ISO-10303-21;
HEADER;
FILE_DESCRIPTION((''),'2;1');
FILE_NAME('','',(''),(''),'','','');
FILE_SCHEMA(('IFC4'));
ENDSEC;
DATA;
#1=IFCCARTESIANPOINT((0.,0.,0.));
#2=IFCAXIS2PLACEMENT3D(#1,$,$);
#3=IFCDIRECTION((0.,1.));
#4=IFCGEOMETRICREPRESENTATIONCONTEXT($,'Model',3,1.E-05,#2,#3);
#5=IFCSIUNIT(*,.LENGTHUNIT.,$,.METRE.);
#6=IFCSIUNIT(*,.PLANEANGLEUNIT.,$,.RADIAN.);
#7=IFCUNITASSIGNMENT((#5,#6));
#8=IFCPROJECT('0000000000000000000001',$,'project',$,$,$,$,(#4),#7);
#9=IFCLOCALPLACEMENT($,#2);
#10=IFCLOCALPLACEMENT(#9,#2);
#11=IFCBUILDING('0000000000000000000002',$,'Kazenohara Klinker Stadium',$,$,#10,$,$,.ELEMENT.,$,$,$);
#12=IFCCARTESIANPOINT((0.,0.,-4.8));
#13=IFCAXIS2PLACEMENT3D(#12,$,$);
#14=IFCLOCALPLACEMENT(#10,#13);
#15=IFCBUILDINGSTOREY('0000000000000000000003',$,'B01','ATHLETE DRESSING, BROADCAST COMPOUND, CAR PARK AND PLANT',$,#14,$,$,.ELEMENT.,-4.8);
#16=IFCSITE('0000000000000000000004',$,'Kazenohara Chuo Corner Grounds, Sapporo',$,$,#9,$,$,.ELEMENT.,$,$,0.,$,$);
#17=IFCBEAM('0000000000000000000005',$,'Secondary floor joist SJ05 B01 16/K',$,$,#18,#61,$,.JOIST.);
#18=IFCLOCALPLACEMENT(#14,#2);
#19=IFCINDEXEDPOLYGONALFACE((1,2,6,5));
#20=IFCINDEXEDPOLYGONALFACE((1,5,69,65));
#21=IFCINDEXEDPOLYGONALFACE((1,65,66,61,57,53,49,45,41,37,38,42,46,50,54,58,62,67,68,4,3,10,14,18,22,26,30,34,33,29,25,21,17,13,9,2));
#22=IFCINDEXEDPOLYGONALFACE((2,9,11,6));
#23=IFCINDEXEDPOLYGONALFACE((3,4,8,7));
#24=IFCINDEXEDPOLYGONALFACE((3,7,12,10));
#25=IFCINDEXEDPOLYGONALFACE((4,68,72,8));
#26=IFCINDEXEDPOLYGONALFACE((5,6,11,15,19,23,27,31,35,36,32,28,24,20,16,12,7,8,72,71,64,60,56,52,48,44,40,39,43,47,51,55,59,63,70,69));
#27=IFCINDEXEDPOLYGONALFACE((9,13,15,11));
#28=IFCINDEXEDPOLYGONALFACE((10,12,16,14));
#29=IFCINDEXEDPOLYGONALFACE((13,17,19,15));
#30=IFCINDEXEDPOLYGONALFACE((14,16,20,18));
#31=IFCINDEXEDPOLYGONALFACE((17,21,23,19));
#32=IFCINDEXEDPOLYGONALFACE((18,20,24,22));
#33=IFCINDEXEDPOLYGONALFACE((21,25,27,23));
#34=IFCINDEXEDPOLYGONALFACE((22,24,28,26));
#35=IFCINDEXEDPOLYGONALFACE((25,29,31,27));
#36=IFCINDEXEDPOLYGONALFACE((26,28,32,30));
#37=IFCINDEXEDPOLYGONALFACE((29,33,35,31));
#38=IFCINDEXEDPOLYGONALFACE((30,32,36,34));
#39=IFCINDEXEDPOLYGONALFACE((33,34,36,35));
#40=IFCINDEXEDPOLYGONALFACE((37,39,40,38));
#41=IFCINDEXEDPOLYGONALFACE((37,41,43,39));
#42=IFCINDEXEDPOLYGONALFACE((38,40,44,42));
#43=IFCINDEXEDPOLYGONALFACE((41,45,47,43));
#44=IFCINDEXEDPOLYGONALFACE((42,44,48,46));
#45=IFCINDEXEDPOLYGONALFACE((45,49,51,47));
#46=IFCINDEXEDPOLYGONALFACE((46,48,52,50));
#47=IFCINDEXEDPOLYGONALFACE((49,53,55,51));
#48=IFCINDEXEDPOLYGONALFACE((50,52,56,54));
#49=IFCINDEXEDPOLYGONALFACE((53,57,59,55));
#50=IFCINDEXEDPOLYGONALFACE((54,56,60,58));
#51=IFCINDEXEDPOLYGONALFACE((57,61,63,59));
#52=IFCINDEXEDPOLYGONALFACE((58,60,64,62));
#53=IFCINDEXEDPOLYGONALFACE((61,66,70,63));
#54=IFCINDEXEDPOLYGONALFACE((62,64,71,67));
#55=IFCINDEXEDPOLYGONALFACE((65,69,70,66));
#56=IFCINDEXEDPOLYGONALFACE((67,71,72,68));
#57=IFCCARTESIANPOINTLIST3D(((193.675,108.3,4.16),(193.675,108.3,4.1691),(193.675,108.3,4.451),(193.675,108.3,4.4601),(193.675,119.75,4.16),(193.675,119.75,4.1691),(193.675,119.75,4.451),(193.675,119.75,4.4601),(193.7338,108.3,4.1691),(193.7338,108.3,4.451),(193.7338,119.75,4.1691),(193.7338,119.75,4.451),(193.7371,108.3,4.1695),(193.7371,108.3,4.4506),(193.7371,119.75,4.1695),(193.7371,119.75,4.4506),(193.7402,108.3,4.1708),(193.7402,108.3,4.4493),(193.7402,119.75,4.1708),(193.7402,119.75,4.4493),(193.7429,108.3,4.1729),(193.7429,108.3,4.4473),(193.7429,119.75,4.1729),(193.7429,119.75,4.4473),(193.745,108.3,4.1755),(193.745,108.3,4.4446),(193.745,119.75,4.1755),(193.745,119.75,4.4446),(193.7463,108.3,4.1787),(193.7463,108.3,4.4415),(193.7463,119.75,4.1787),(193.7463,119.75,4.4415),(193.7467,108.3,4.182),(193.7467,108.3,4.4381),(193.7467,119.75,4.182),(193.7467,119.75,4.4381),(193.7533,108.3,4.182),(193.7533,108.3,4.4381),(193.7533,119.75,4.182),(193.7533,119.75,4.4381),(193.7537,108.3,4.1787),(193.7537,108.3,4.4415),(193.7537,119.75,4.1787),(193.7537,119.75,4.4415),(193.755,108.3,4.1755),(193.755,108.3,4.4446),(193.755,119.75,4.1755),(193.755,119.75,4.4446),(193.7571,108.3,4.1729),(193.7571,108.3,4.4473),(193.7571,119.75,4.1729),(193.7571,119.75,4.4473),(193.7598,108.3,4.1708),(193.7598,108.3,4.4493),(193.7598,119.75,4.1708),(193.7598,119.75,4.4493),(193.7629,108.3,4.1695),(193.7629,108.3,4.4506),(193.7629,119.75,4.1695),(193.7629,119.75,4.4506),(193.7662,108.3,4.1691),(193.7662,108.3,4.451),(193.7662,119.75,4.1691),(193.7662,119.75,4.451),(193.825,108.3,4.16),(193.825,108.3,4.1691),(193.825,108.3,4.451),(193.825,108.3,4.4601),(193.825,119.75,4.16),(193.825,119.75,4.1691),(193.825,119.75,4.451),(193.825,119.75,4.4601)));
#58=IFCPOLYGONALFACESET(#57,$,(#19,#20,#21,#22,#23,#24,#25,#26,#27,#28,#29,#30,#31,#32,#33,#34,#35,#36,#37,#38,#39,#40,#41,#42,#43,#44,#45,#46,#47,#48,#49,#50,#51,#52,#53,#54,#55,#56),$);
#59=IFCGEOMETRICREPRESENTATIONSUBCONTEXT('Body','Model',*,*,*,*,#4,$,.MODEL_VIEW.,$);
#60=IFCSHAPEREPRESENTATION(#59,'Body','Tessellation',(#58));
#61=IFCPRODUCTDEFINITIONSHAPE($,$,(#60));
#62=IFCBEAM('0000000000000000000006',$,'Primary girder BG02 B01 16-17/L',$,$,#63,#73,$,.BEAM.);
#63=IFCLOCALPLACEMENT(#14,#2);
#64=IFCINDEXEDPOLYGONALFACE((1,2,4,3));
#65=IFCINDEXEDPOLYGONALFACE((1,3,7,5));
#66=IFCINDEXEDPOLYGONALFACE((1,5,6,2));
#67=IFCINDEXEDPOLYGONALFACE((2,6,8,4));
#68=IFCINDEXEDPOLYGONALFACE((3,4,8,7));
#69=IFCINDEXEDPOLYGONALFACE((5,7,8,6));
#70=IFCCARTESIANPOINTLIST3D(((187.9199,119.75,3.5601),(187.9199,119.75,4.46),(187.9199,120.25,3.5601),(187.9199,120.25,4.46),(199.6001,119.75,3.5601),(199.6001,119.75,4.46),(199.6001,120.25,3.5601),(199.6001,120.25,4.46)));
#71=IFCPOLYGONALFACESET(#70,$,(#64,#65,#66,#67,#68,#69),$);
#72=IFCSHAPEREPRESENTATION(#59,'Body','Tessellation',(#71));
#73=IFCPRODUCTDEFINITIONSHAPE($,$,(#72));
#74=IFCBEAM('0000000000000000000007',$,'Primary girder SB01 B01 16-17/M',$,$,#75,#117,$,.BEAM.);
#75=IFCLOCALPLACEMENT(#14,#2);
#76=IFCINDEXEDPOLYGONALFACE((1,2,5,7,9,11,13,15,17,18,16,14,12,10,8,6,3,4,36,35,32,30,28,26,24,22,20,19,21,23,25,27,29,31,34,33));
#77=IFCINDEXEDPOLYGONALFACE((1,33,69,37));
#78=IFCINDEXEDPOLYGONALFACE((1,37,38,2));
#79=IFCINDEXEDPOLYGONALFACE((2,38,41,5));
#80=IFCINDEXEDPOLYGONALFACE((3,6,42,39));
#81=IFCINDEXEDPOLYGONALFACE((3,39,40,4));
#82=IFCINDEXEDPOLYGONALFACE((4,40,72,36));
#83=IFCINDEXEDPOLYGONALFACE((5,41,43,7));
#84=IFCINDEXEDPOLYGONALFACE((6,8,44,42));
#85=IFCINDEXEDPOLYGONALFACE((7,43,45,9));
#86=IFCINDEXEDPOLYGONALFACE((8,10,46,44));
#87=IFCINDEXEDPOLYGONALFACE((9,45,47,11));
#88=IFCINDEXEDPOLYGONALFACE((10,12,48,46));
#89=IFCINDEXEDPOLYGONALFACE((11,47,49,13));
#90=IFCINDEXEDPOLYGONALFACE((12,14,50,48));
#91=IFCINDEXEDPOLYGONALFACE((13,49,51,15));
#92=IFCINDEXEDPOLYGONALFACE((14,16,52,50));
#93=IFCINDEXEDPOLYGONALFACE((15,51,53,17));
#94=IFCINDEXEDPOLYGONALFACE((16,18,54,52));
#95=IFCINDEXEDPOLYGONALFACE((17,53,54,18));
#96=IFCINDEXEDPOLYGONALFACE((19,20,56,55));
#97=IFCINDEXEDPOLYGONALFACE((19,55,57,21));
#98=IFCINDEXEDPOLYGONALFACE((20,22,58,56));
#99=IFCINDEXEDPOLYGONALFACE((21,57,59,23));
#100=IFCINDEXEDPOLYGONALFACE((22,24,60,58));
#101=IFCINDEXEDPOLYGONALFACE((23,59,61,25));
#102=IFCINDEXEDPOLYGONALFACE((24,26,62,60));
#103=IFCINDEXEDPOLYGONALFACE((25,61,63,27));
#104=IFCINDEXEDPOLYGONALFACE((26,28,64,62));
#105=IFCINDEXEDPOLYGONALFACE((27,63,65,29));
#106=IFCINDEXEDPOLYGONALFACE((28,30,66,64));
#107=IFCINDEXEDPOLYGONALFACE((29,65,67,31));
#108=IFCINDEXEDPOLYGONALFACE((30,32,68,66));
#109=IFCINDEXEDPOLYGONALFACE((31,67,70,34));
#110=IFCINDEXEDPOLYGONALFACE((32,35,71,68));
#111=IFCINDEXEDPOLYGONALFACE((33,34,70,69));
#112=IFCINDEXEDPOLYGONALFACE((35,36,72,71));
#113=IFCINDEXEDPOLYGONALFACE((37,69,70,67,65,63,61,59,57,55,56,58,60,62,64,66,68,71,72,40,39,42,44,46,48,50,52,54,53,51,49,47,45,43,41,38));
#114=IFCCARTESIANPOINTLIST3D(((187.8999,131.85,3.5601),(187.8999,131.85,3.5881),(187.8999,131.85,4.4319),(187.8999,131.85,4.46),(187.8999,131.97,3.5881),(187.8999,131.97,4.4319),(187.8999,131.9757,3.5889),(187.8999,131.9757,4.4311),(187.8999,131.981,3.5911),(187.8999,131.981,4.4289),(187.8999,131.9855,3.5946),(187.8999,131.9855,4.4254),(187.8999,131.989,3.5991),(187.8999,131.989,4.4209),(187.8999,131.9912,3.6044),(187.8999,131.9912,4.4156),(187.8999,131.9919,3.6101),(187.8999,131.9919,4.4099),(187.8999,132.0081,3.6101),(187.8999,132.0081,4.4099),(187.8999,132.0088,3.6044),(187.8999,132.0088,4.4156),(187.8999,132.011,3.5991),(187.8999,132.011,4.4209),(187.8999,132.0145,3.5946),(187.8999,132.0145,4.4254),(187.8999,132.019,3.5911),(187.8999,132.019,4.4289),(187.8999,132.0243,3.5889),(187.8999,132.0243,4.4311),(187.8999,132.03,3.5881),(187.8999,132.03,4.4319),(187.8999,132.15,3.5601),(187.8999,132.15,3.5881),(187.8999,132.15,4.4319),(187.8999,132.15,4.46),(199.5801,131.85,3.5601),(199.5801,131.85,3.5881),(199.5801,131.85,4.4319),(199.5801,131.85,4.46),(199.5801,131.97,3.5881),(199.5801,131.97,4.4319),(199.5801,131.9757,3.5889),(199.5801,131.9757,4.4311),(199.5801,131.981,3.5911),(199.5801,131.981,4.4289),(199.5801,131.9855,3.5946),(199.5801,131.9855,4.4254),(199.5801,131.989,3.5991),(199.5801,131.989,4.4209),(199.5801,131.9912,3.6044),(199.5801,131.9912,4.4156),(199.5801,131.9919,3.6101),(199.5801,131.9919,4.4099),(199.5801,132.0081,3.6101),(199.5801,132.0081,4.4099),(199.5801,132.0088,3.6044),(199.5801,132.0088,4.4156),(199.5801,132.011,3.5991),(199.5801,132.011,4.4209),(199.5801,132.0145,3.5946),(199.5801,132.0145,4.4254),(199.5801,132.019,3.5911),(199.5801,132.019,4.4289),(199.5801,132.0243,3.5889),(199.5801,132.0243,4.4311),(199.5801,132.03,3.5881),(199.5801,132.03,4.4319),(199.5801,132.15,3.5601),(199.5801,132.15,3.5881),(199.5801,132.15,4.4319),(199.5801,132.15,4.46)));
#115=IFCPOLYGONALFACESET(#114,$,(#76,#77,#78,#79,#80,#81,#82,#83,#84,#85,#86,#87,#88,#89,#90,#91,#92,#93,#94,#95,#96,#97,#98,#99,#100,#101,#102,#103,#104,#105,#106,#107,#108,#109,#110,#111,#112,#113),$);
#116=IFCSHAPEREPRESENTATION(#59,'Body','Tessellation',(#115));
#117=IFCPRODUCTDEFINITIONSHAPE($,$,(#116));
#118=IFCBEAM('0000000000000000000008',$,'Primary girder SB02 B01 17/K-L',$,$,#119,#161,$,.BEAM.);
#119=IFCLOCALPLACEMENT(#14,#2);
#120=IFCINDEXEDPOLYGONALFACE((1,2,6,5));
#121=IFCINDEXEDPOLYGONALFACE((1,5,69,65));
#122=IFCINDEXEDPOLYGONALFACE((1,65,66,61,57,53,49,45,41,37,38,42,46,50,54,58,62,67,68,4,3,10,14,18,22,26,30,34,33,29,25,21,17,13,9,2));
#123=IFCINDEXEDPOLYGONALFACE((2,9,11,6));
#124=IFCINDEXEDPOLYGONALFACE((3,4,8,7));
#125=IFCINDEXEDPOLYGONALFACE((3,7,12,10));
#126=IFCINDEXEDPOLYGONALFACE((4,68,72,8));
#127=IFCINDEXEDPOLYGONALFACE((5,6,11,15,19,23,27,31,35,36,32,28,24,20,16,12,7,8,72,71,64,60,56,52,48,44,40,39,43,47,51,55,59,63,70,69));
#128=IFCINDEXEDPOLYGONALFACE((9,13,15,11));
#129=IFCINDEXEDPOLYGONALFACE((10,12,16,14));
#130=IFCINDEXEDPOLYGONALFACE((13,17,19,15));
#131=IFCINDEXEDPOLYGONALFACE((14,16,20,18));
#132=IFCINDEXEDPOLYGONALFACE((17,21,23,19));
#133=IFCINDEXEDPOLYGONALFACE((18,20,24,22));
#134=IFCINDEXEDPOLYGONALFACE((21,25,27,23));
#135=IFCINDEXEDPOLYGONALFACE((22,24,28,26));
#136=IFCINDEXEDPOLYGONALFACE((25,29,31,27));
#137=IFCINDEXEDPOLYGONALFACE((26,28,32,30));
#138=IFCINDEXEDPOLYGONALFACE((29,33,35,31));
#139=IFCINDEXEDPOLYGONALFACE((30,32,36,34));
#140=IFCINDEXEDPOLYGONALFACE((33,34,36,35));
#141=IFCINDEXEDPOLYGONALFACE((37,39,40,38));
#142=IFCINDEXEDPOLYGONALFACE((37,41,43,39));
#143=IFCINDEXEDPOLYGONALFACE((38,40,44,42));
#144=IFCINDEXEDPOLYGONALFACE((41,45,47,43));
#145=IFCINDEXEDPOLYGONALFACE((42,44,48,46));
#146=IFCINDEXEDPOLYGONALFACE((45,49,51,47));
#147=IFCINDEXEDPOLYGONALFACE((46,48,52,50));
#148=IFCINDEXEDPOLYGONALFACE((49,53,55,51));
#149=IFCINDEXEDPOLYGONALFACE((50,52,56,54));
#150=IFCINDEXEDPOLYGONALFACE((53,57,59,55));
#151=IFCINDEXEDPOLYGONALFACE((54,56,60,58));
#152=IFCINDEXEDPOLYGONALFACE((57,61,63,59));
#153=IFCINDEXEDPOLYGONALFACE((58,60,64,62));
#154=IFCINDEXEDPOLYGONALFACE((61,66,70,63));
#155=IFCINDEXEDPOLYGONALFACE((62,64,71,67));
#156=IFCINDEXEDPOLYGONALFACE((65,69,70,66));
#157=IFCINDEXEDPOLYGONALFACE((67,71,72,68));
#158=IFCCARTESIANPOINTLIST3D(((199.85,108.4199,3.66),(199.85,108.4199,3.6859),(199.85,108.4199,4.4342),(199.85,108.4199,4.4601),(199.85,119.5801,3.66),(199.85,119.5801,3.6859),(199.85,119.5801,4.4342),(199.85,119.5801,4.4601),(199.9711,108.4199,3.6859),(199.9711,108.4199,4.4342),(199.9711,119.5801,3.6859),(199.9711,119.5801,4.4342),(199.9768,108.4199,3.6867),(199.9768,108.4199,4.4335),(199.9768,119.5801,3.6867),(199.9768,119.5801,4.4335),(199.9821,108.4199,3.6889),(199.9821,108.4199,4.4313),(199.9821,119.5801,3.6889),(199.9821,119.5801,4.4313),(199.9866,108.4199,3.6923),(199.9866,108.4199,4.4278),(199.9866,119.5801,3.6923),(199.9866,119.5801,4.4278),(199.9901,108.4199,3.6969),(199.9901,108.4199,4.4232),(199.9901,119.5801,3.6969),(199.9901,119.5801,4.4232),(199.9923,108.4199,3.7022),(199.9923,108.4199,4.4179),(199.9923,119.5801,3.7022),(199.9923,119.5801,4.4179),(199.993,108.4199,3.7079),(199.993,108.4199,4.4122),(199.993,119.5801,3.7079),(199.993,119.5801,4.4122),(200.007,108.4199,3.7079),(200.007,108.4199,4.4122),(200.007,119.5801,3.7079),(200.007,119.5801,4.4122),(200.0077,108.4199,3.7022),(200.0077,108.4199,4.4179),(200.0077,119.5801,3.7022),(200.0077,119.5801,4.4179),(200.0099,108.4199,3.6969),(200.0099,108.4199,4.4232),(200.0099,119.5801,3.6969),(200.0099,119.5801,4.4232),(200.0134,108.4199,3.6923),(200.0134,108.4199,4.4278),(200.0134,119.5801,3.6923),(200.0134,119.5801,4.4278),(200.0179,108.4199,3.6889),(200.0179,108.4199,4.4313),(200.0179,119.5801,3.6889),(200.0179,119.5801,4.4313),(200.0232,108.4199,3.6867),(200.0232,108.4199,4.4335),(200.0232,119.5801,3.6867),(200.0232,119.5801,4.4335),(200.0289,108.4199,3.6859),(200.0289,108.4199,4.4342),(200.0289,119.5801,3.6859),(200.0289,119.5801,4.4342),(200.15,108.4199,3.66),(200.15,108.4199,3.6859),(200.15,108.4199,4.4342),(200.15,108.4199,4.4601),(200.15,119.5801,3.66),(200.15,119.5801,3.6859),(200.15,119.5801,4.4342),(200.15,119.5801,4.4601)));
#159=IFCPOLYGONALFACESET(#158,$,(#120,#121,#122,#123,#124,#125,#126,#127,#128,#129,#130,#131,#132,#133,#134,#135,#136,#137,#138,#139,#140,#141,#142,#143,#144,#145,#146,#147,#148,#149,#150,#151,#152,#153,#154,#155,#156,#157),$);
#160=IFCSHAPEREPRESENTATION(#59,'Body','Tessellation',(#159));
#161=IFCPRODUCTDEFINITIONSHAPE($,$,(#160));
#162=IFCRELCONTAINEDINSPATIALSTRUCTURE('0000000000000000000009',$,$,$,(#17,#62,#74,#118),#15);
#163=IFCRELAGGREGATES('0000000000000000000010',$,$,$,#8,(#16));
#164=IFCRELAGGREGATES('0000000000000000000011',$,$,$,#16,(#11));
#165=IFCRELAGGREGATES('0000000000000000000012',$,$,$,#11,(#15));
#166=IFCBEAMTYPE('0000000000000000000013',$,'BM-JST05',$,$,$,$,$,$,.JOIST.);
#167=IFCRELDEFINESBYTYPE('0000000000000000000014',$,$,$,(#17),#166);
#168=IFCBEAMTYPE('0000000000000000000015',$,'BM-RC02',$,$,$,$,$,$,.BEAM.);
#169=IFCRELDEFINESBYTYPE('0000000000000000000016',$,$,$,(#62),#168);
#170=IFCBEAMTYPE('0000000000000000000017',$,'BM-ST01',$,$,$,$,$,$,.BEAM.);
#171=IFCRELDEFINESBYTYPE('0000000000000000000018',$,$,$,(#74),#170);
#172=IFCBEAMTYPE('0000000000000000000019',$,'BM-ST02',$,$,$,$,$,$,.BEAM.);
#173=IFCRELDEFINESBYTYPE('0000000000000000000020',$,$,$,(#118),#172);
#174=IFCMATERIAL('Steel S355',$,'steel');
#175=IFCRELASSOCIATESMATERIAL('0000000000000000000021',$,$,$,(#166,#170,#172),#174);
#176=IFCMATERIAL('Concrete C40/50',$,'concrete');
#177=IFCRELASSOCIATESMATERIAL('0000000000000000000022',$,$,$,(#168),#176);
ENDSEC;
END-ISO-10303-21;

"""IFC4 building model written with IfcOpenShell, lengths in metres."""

from ifc_helpers import new_model, si_unit, direction, frame, origin, origin_2d, place, context, subcontext, project, spatial, rectangle, i_section, extrude, material, material_profile, profile_set, type_object, element, save


model = new_model("IFC4")

# Units and contexts
model_context = context("Model", 3, precision=1e-05, world=origin(), true_north=direction((0.0, 1.0)))
body_context = subcontext(model_context, "Body", "Model", "MODEL_VIEW")
ifc_project = project(units=[si_unit("LENGTHUNIT", "METRE"), si_unit("PLANEANGLEUNIT", "RADIAN")], contexts=[model_context])

# Site, building, storey
site_placement = place(None, origin())
site = spatial("IfcSite", under=ifc_project, at=site_placement, Name="Kazenohara Chuo Corner Grounds, Sapporo", CompositionType="ELEMENT", RefElevation=0.0)
building_placement = place(site_placement, origin())
building = spatial("IfcBuilding", under=site, at=building_placement, Name="Kazenohara Klinker Stadium", CompositionType="ELEMENT")
storey_placement = place(building_placement, frame((0.0, 0.0, -4.8)))
storey = spatial("IfcBuildingStorey", under=building, at=storey_placement, Name="B01", Description="ATHLETE DRESSING, BROADCAST COMPOUND, CAR PARK AND PLANT", CompositionType="ELEMENT", Elevation=-4.8)

# Shared definitions
ifc_material_1 = material(Name="Concrete C40/50", Category="concrete")

# Beams
ifc_material_2 = material(Name="Steel S355", Category="steel")
ifc_material_profile_1 = material_profile(ifc_material_2, i_section(OverallWidth=0.1499, OverallDepth=0.3, WebThickness=0.0066, FlangeThickness=0.009, FilletRadius=0.0129, at=origin_2d()), Name="H-300x150x6.5x9")
ifc_profile_set_1 = profile_set([ifc_material_profile_1], Name="Steel S355")
beam_type_1 = type_object("IfcBeamType", Name="BM-JST05", PredefinedType="JOIST", material=ifc_profile_set_1)
beam_1_placement = place(storey_placement, frame((193.75, 108.3, 4.3101), z_axis=(0.0, 1.0, 0.0), x_axis=(-1.0, 0.0, 0.0)))
element("IfcBeam", 1, at=beam_1_placement, inside=storey, type_object=beam_type_1, Name="Secondary floor joist SJ05 B01 16/K", PredefinedType="JOIST", context=body_context, shape_type="SweptSolid", body=[
    extrude(i_section(OverallWidth=0.1499, OverallDepth=0.3, WebThickness=0.0066, FlangeThickness=0.009, FilletRadius=0.0129, at=origin_2d()), origin(), (0.0, 0.0, 1.0), 11.45),
])
ifc_material_profile_2 = material_profile(ifc_material_1, rectangle(XDim=0.5, YDim=0.8999, at=origin_2d()), Name="RC-BM-500x900")
ifc_profile_set_2 = profile_set([ifc_material_profile_2], Name="Concrete C40/50")
beam_type_2 = type_object("IfcBeamType", Name="BM-RC02", PredefinedType="BEAM", material=ifc_profile_set_2)
beam_2_placement = place(storey_placement, frame((187.9199, 120.0, 4.01), z_axis=(1.0, 0.0, 0.0), x_axis=(0.0, 1.0, 0.0)))
element("IfcBeam", 2, at=beam_2_placement, inside=storey, type_object=beam_type_2, Name="Primary girder BG02 B01 16-17/L", PredefinedType="BEAM", context=body_context, shape_type="SweptSolid", body=[
    extrude(rectangle(XDim=0.5, YDim=0.8999, at=origin_2d()), origin(), (0.0, 0.0, 1.0), 11.6802),
])
ifc_material_profile_3 = material_profile(ifc_material_2, i_section(OverallWidth=0.3, OverallDepth=0.8999, WebThickness=0.0161, FlangeThickness=0.0281, FilletRadius=0.022, at=origin_2d()), Name="H-900x300x16x28")
ifc_profile_set_3 = profile_set([ifc_material_profile_3], Name="Steel S355")
beam_type_3 = type_object("IfcBeamType", Name="BM-ST01", PredefinedType="BEAM", material=ifc_profile_set_3)
beam_3_placement = place(storey_placement, frame((187.8999, 132.0, 4.01), z_axis=(1.0, 0.0, 0.0), x_axis=(0.0, 1.0, 0.0)))
element("IfcBeam", 3, at=beam_3_placement, inside=storey, type_object=beam_type_3, Name="Primary girder SB01 B01 16-17/M", PredefinedType="BEAM", context=body_context, shape_type="SweptSolid", body=[
    extrude(i_section(OverallWidth=0.3, OverallDepth=0.8999, WebThickness=0.0161, FlangeThickness=0.0281, FilletRadius=0.022, at=origin_2d()), origin(), (0.0, 0.0, 1.0), 11.6802),
])
ifc_material_profile_4 = material_profile(ifc_material_2, i_section(OverallWidth=0.3, OverallDepth=0.8, WebThickness=0.0139, FlangeThickness=0.0259, FilletRadius=0.022, at=origin_2d()), Name="H-800x300x14x26")
ifc_profile_set_4 = profile_set([ifc_material_profile_4], Name="Steel S355")
beam_type_4 = type_object("IfcBeamType", Name="BM-ST02", PredefinedType="BEAM", material=ifc_profile_set_4)
beam_4_placement = place(storey_placement, frame((200.0, 108.4199, 4.0601), z_axis=(0.0, 1.0, 0.0), x_axis=(-1.0, 0.0, 0.0)))
element("IfcBeam", 4, at=beam_4_placement, inside=storey, type_object=beam_type_4, Name="Primary girder SB02 B01 17/K-L", PredefinedType="BEAM", context=body_context, shape_type="SweptSolid", body=[
    extrude(i_section(OverallWidth=0.3, OverallDepth=0.8, WebThickness=0.0139, FlangeThickness=0.0259, FilletRadius=0.022, at=origin_2d()), origin(), (0.0, 0.0, 1.0), 11.1602),
])

save(model, "model.ifc")
